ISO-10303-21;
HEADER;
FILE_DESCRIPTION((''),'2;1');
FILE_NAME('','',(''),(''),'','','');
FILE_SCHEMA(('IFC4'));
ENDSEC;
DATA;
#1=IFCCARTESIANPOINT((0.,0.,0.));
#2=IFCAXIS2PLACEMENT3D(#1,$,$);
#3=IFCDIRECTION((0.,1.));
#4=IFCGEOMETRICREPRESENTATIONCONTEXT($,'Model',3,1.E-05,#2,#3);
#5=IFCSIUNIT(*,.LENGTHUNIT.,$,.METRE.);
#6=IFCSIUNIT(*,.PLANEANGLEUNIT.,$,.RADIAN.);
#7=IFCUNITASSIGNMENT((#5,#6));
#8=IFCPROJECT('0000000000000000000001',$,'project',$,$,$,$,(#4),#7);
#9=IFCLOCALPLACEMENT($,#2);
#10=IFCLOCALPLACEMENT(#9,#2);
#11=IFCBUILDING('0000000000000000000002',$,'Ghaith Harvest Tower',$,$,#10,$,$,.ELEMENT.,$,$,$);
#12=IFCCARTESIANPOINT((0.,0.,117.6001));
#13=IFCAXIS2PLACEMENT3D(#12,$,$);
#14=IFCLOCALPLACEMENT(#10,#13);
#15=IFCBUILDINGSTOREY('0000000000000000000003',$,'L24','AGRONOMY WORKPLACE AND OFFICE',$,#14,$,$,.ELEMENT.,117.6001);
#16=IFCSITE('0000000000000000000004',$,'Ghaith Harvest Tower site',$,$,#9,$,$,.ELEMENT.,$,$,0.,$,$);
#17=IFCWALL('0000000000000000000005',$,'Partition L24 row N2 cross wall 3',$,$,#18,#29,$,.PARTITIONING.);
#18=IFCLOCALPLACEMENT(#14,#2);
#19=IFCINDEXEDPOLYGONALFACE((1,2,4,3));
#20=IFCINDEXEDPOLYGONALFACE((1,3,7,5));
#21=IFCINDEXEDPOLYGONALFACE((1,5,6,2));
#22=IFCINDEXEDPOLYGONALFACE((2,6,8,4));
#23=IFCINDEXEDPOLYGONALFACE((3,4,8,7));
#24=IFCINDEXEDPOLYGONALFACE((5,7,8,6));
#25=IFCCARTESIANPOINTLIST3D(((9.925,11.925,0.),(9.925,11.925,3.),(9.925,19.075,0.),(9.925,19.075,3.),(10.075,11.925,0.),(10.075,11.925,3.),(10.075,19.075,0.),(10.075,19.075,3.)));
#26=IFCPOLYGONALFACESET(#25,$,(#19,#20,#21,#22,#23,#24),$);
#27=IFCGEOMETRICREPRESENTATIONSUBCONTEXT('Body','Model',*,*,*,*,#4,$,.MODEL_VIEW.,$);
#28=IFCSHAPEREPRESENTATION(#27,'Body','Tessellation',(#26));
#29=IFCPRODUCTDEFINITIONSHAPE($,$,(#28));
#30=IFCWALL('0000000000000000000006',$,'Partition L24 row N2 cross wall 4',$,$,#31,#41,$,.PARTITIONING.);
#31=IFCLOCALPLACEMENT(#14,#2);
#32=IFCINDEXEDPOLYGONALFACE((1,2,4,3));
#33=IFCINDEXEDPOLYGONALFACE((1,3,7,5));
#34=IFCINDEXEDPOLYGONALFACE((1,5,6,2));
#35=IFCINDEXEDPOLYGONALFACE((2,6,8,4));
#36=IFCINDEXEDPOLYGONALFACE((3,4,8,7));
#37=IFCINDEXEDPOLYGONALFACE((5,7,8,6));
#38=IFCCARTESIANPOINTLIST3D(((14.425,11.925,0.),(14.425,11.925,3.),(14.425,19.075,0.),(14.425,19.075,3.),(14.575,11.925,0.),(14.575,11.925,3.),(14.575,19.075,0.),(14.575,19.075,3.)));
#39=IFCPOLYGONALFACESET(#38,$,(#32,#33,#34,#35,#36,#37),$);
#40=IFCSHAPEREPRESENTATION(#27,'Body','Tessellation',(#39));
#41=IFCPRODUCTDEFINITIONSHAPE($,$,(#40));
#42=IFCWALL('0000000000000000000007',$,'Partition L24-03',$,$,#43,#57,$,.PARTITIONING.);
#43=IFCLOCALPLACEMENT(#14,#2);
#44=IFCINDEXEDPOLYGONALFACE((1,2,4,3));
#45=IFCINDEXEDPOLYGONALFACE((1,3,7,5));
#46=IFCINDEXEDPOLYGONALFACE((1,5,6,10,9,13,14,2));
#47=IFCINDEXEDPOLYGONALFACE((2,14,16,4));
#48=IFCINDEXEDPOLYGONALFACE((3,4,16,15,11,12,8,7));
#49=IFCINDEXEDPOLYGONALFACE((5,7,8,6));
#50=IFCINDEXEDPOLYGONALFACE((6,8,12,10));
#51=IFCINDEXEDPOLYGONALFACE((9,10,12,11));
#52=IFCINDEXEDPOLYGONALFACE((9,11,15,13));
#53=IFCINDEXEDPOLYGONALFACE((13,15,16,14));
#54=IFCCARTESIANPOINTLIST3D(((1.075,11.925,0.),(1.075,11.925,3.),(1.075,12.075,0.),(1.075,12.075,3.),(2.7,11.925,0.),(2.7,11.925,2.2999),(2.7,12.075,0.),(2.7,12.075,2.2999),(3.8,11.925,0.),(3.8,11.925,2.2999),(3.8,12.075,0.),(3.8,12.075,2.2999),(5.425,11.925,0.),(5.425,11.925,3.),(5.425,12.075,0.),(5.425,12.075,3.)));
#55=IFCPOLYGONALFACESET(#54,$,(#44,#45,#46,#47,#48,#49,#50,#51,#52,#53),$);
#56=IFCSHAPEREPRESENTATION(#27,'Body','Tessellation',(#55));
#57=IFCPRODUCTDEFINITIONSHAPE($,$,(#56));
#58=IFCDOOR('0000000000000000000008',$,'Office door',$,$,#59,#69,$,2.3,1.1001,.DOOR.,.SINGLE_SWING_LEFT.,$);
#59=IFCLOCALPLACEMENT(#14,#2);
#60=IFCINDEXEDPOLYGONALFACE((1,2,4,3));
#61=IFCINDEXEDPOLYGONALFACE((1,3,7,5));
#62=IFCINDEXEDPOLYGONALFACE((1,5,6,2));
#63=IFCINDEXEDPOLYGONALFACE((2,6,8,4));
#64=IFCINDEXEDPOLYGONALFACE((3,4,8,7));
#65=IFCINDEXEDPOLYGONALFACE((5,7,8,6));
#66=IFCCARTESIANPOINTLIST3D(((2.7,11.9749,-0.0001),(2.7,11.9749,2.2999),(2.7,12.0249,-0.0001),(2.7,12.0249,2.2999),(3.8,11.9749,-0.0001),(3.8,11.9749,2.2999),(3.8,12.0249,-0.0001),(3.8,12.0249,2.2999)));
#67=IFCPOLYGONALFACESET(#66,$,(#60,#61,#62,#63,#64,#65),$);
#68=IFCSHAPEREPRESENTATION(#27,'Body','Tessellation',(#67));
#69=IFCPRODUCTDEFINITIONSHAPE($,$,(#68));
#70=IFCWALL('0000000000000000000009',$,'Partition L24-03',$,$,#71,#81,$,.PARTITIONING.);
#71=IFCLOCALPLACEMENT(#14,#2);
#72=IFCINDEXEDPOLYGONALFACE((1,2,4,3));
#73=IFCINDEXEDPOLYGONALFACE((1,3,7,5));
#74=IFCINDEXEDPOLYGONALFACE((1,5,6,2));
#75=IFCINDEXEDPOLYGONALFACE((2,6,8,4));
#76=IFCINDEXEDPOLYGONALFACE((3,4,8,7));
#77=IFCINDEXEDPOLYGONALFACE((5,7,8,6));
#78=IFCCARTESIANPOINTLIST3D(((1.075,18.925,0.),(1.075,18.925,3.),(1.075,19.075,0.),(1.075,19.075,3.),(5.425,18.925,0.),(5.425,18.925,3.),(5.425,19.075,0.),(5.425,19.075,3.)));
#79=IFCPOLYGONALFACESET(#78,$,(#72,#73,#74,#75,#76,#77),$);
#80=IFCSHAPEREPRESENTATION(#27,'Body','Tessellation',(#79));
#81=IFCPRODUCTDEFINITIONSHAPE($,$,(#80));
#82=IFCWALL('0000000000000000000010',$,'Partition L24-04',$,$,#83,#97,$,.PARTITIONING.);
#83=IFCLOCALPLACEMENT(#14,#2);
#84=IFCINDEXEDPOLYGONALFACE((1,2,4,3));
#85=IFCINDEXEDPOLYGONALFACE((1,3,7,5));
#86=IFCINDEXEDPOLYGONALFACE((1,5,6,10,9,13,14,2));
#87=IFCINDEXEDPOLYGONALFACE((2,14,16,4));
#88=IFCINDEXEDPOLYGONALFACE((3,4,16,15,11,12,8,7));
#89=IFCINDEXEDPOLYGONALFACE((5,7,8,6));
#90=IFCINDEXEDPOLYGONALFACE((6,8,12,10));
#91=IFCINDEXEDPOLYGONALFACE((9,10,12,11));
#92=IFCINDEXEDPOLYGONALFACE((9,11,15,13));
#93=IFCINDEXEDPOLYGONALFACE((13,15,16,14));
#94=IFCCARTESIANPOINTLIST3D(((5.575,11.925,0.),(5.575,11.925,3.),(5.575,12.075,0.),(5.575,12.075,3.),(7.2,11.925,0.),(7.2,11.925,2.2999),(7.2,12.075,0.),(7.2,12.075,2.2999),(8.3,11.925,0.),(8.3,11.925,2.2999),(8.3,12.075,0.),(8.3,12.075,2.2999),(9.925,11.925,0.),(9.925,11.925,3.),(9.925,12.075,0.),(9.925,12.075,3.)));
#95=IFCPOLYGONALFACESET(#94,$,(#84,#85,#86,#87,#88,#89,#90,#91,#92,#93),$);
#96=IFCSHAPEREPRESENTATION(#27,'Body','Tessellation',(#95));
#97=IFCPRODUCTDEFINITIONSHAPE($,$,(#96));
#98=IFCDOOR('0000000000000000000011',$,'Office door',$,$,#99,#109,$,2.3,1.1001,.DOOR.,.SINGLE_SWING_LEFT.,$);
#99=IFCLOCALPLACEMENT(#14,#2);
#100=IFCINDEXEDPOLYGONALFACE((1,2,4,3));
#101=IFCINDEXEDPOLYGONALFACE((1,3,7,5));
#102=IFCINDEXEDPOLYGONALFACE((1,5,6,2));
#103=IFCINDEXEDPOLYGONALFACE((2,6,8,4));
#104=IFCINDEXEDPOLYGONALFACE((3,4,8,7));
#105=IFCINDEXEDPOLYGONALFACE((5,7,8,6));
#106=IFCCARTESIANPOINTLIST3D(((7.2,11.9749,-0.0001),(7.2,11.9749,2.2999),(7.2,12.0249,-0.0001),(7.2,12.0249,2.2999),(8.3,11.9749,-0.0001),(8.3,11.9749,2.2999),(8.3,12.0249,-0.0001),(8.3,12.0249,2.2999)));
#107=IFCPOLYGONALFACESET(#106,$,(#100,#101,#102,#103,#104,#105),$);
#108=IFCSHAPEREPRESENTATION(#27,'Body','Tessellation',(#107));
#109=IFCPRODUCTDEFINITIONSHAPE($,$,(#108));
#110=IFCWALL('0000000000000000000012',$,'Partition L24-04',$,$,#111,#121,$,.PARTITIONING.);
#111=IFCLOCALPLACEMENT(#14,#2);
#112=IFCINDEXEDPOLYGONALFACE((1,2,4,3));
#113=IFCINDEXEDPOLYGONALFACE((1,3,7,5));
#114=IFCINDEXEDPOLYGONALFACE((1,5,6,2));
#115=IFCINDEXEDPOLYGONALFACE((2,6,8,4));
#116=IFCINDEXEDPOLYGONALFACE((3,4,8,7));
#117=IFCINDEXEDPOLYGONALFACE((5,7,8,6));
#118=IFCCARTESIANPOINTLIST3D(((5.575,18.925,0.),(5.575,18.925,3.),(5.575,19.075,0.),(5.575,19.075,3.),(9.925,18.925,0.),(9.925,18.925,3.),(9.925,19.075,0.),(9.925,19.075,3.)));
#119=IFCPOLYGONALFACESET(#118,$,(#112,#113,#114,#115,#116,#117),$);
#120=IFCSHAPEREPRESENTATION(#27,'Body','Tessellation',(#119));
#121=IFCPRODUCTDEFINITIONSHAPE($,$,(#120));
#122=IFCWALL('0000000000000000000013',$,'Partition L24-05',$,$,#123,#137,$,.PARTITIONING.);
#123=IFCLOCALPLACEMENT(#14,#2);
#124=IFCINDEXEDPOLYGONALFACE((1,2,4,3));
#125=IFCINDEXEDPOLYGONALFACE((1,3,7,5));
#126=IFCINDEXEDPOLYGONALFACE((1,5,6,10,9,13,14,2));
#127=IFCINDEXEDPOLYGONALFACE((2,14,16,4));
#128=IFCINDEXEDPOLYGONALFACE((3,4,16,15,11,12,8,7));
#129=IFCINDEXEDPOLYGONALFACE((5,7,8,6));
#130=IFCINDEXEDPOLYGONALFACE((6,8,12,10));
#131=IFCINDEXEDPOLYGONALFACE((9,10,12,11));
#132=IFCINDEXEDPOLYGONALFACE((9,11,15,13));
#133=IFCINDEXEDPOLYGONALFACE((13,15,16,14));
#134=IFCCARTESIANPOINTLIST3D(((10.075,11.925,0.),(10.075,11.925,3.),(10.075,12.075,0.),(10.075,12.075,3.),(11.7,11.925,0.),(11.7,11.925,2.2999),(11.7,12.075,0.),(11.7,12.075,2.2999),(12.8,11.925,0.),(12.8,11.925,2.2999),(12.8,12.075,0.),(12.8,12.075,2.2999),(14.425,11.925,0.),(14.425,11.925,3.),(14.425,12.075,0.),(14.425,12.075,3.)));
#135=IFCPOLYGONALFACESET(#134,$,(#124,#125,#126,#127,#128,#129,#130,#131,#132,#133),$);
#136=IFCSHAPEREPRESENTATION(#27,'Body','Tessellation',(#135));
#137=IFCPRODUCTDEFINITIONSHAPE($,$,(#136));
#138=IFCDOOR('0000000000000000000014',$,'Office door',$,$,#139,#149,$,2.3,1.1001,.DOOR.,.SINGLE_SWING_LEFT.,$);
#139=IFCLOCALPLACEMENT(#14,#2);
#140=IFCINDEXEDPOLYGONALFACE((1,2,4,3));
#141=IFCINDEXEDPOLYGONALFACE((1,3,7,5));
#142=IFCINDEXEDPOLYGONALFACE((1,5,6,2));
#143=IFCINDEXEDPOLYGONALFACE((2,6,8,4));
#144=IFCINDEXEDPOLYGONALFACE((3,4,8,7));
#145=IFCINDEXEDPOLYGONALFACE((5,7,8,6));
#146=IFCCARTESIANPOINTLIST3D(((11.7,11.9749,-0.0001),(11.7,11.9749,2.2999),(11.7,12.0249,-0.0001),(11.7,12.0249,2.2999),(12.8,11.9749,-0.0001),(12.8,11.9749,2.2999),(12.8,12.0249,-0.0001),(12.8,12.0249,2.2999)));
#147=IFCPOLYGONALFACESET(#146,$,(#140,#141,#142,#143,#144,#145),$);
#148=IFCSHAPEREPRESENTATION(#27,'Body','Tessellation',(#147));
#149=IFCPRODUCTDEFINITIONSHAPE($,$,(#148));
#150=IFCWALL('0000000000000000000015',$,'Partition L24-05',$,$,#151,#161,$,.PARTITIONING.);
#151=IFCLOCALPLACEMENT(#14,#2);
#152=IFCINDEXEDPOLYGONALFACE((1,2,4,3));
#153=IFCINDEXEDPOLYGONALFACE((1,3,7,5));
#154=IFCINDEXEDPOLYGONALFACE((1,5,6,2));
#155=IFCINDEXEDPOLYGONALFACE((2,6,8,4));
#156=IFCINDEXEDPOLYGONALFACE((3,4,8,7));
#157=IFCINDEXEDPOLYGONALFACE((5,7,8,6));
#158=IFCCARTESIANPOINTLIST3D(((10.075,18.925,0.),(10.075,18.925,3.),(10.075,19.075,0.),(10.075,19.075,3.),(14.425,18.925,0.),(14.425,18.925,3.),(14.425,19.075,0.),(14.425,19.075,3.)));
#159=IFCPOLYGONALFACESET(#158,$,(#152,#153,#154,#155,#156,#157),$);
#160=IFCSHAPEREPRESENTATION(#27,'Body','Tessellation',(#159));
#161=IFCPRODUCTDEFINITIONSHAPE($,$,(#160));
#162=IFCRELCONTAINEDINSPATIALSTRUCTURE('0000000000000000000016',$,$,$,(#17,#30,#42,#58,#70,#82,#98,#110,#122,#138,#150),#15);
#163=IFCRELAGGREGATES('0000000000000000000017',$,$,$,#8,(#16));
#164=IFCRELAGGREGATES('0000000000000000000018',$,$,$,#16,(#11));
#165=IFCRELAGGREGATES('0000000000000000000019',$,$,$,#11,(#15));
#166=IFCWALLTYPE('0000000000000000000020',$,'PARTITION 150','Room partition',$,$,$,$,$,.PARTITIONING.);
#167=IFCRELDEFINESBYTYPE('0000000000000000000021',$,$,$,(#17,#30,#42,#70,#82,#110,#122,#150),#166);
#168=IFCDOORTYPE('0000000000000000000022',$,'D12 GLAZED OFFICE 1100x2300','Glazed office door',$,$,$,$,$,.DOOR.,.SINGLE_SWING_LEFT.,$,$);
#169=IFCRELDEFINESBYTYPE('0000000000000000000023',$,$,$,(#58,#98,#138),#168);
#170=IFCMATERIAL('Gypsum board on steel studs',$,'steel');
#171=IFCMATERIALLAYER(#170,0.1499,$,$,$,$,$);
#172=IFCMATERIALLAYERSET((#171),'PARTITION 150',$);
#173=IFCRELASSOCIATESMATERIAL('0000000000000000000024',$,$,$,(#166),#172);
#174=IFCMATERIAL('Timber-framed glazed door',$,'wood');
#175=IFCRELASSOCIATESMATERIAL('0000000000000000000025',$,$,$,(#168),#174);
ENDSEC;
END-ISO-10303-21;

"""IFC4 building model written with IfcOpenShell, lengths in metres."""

from ifc_helpers import new_model, si_unit, direction, frame, frame_2d, origin, place, context, subcontext, project, spatial, rectangle, extrude, material, layer, layer_set, type_object, element, fill, save


model = new_model("IFC4")

# Units and contexts
model_context = context("Model", 3, precision=1e-05, world=origin(), true_north=direction((0.0, 1.0)))
body_context = subcontext(model_context, "Body", "Model", "MODEL_VIEW")
ifc_project = project(units=[si_unit("LENGTHUNIT", "METRE"), si_unit("PLANEANGLEUNIT", "RADIAN")], contexts=[model_context])

# Site, building, storey
site_placement = place(None, origin())
site = spatial("IfcSite", under=ifc_project, at=site_placement, Name="Ghaith Harvest Tower site", CompositionType="ELEMENT", RefElevation=0.0)
building_placement = place(site_placement, origin())
building = spatial("IfcBuilding", under=site, at=building_placement, Name="Ghaith Harvest Tower", CompositionType="ELEMENT")
storey_placement = place(building_placement, frame((0.0, 0.0, 117.6001)))
storey = spatial("IfcBuildingStorey", under=building, at=storey_placement, Name="L24", Description="AGRONOMY WORKPLACE AND OFFICE", CompositionType="ELEMENT", Elevation=117.6001)

# Walls
ifc_material_1 = material(Name="Gypsum board on steel studs", Category="steel")
ifc_layer_1 = layer(ifc_material_1, 0.1499)
ifc_layer_set_1 = layer_set([ifc_layer_1], Name="PARTITION 150")
wall_type = type_object("IfcWallType", Name="PARTITION 150", Description="Room partition", PredefinedType="PARTITIONING", material=ifc_layer_set_1)
for number, where, z_axis, x_axis, name in (
    (1, (10.0, 11.925, 0.0), (0.0, 0.0, 1.0), (0.0, 1.0, 0.0), "Partition L24 row N2 cross wall 3"),
    (2, (14.5, 11.925, 0.0), (0.0, 0.0, 1.0), (0.0, 1.0, 0.0), "Partition L24 row N2 cross wall 4"),
):
    element("IfcWall", number, at=place(storey_placement, frame(where, z_axis=z_axis, x_axis=x_axis)), inside=storey, type_object=wall_type, Name=name, PredefinedType="PARTITIONING", context=body_context, shape_type="SweptSolid", body=[
        extrude(rectangle(XDim=7.1499, YDim=0.1499, at=frame_2d((3.575, 0.0))), origin(), (0.0, 0.0, 1.0), 3.0),
    ])

# Wall, opening, door
wall_1_placement = place(storey_placement, frame((1.075, 12.0, 0.0), z_axis=(0.0, 0.0, 1.0), x_axis=(1.0, 0.0, 0.0)))
wall_1 = element("IfcWall", 3, at=wall_1_placement, inside=storey, type_object=wall_type, Name="Partition L24-03", PredefinedType="PARTITIONING", context=body_context, shape_type="SweptSolid", body=[
    extrude(rectangle(XDim=4.3501, YDim=0.1499, at=frame_2d((2.175, 0.0))), origin(), (0.0, 0.0, 1.0), 3.0),
])
opening_1_placement = place(wall_1_placement, frame((1.625, 0.0, 0.0)))
opening_1 = element("IfcOpeningElement", 4, at=opening_1_placement, cuts=wall_1, PredefinedType="OPENING", context=body_context, shape_type="SweptSolid", body=[
    extrude(rectangle(XDim=1.1001, YDim=2.3, at=frame_2d((0.55, 1.1499))), frame((0.0, 0.085, 0.0), z_axis=(0.0, -1.0, 0.0), x_axis=(1.0, 0.0, 0.0)), (0.0, 0.0, 1.0), 0.1699),
])
ifc_material_2 = material(Name="Timber-framed glazed door", Category="wood")
door_type = type_object("IfcDoorType", Name="D12 GLAZED OFFICE 1100x2300", Description="Glazed office door", OperationType="SINGLE_SWING_LEFT", PredefinedType="DOOR", material=ifc_material_2)
door_1_placement = place(opening_1_placement, origin())
door_1 = element("IfcDoor", 5, at=door_1_placement, inside=storey, type_object=door_type, Name="Office door", OperationType="SINGLE_SWING_LEFT", OverallHeight=2.3, OverallWidth=1.1001, PredefinedType="DOOR", context=body_context, shape_type="SweptSolid", body=[
    extrude(rectangle(XDim=1.1001, YDim=2.3, at=frame_2d((0.55, 1.1499))), frame((0.0, 0.0249, 0.0), z_axis=(0.0, -1.0, 0.0), x_axis=(1.0, 0.0, 0.0)), (0.0, 0.0, 1.0), 0.05),
])
fill(opening_1, door_1)

# Wall
wall_2_placement = place(storey_placement, frame((1.075, 19.0, 0.0), z_axis=(0.0, 0.0, 1.0), x_axis=(1.0, 0.0, 0.0)))
element("IfcWall", 6, at=wall_2_placement, inside=storey, type_object=wall_type, Name="Partition L24-03", PredefinedType="PARTITIONING", context=body_context, shape_type="SweptSolid", body=[
    extrude(rectangle(XDim=4.3501, YDim=0.1499, at=frame_2d((2.175, 0.0))), origin(), (0.0, 0.0, 1.0), 3.0),
])

# Wall, opening, door
wall_3_placement = place(storey_placement, frame((5.575, 12.0, 0.0), z_axis=(0.0, 0.0, 1.0), x_axis=(1.0, 0.0, 0.0)))
wall_3 = element("IfcWall", 7, at=wall_3_placement, inside=storey, type_object=wall_type, Name="Partition L24-04", PredefinedType="PARTITIONING", context=body_context, shape_type="SweptSolid", body=[
    extrude(rectangle(XDim=4.3501, YDim=0.1499, at=frame_2d((2.175, 0.0))), origin(), (0.0, 0.0, 1.0), 3.0),
])
opening_2_placement = place(wall_3_placement, frame((1.625, 0.0, 0.0)))
opening_2 = element("IfcOpeningElement", 8, at=opening_2_placement, cuts=wall_3, PredefinedType="OPENING", context=body_context, shape_type="SweptSolid", body=[
    extrude(rectangle(XDim=1.1001, YDim=2.3, at=frame_2d((0.55, 1.1499))), frame((0.0, 0.085, 0.0), z_axis=(0.0, -1.0, 0.0), x_axis=(1.0, 0.0, 0.0)), (0.0, 0.0, 1.0), 0.1699),
])
door_2_placement = place(opening_2_placement, origin())
door_2 = element("IfcDoor", 9, at=door_2_placement, inside=storey, type_object=door_type, Name="Office door", OperationType="SINGLE_SWING_LEFT", OverallHeight=2.3, OverallWidth=1.1001, PredefinedType="DOOR", context=body_context, shape_type="SweptSolid", body=[
    extrude(rectangle(XDim=1.1001, YDim=2.3, at=frame_2d((0.55, 1.1499))), frame((0.0, 0.0249, 0.0), z_axis=(0.0, -1.0, 0.0), x_axis=(1.0, 0.0, 0.0)), (0.0, 0.0, 1.0), 0.05),
])
fill(opening_2, door_2)

# Wall
wall_4_placement = place(storey_placement, frame((5.575, 19.0, 0.0), z_axis=(0.0, 0.0, 1.0), x_axis=(1.0, 0.0, 0.0)))
element("IfcWall", 10, at=wall_4_placement, inside=storey, type_object=wall_type, Name="Partition L24-04", PredefinedType="PARTITIONING", context=body_context, shape_type="SweptSolid", body=[
    extrude(rectangle(XDim=4.3501, YDim=0.1499, at=frame_2d((2.175, 0.0))), origin(), (0.0, 0.0, 1.0), 3.0),
])

# Wall, opening, door
wall_5_placement = place(storey_placement, frame((10.075, 12.0, 0.0), z_axis=(0.0, 0.0, 1.0), x_axis=(1.0, 0.0, 0.0)))
wall_5 = element("IfcWall", 11, at=wall_5_placement, inside=storey, type_object=wall_type, Name="Partition L24-05", PredefinedType="PARTITIONING", context=body_context, shape_type="SweptSolid", body=[
    extrude(rectangle(XDim=4.3501, YDim=0.1499, at=frame_2d((2.175, 0.0))), origin(), (0.0, 0.0, 1.0), 3.0),
])
opening_3_placement = place(wall_5_placement, frame((1.625, 0.0, 0.0)))
opening_3 = element("IfcOpeningElement", 12, at=opening_3_placement, cuts=wall_5, PredefinedType="OPENING", context=body_context, shape_type="SweptSolid", body=[
    extrude(rectangle(XDim=1.1001, YDim=2.3, at=frame_2d((0.55, 1.1499))), frame((0.0, 0.085, 0.0), z_axis=(0.0, -1.0, 0.0), x_axis=(1.0, 0.0, 0.0)), (0.0, 0.0, 1.0), 0.1699),
])
door_3_placement = place(opening_3_placement, origin())
door_3 = element("IfcDoor", 13, at=door_3_placement, inside=storey, type_object=door_type, Name="Office door", OperationType="SINGLE_SWING_LEFT", OverallHeight=2.3, OverallWidth=1.1001, PredefinedType="DOOR", context=body_context, shape_type="SweptSolid", body=[
    extrude(rectangle(XDim=1.1001, YDim=2.3, at=frame_2d((0.55, 1.1499))), frame((0.0, 0.0249, 0.0), z_axis=(0.0, -1.0, 0.0), x_axis=(1.0, 0.0, 0.0)), (0.0, 0.0, 1.0), 0.05),
])
fill(opening_3, door_3)

# Wall
wall_6_placement = place(storey_placement, frame((10.075, 19.0, 0.0), z_axis=(0.0, 0.0, 1.0), x_axis=(1.0, 0.0, 0.0)))
element("IfcWall", 14, at=wall_6_placement, inside=storey, type_object=wall_type, Name="Partition L24-05", PredefinedType="PARTITIONING", context=body_context, shape_type="SweptSolid", body=[
    extrude(rectangle(XDim=4.3501, YDim=0.1499, at=frame_2d((2.175, 0.0))), origin(), (0.0, 0.0, 1.0), 3.0),
])

save(model, "model.ifc")
